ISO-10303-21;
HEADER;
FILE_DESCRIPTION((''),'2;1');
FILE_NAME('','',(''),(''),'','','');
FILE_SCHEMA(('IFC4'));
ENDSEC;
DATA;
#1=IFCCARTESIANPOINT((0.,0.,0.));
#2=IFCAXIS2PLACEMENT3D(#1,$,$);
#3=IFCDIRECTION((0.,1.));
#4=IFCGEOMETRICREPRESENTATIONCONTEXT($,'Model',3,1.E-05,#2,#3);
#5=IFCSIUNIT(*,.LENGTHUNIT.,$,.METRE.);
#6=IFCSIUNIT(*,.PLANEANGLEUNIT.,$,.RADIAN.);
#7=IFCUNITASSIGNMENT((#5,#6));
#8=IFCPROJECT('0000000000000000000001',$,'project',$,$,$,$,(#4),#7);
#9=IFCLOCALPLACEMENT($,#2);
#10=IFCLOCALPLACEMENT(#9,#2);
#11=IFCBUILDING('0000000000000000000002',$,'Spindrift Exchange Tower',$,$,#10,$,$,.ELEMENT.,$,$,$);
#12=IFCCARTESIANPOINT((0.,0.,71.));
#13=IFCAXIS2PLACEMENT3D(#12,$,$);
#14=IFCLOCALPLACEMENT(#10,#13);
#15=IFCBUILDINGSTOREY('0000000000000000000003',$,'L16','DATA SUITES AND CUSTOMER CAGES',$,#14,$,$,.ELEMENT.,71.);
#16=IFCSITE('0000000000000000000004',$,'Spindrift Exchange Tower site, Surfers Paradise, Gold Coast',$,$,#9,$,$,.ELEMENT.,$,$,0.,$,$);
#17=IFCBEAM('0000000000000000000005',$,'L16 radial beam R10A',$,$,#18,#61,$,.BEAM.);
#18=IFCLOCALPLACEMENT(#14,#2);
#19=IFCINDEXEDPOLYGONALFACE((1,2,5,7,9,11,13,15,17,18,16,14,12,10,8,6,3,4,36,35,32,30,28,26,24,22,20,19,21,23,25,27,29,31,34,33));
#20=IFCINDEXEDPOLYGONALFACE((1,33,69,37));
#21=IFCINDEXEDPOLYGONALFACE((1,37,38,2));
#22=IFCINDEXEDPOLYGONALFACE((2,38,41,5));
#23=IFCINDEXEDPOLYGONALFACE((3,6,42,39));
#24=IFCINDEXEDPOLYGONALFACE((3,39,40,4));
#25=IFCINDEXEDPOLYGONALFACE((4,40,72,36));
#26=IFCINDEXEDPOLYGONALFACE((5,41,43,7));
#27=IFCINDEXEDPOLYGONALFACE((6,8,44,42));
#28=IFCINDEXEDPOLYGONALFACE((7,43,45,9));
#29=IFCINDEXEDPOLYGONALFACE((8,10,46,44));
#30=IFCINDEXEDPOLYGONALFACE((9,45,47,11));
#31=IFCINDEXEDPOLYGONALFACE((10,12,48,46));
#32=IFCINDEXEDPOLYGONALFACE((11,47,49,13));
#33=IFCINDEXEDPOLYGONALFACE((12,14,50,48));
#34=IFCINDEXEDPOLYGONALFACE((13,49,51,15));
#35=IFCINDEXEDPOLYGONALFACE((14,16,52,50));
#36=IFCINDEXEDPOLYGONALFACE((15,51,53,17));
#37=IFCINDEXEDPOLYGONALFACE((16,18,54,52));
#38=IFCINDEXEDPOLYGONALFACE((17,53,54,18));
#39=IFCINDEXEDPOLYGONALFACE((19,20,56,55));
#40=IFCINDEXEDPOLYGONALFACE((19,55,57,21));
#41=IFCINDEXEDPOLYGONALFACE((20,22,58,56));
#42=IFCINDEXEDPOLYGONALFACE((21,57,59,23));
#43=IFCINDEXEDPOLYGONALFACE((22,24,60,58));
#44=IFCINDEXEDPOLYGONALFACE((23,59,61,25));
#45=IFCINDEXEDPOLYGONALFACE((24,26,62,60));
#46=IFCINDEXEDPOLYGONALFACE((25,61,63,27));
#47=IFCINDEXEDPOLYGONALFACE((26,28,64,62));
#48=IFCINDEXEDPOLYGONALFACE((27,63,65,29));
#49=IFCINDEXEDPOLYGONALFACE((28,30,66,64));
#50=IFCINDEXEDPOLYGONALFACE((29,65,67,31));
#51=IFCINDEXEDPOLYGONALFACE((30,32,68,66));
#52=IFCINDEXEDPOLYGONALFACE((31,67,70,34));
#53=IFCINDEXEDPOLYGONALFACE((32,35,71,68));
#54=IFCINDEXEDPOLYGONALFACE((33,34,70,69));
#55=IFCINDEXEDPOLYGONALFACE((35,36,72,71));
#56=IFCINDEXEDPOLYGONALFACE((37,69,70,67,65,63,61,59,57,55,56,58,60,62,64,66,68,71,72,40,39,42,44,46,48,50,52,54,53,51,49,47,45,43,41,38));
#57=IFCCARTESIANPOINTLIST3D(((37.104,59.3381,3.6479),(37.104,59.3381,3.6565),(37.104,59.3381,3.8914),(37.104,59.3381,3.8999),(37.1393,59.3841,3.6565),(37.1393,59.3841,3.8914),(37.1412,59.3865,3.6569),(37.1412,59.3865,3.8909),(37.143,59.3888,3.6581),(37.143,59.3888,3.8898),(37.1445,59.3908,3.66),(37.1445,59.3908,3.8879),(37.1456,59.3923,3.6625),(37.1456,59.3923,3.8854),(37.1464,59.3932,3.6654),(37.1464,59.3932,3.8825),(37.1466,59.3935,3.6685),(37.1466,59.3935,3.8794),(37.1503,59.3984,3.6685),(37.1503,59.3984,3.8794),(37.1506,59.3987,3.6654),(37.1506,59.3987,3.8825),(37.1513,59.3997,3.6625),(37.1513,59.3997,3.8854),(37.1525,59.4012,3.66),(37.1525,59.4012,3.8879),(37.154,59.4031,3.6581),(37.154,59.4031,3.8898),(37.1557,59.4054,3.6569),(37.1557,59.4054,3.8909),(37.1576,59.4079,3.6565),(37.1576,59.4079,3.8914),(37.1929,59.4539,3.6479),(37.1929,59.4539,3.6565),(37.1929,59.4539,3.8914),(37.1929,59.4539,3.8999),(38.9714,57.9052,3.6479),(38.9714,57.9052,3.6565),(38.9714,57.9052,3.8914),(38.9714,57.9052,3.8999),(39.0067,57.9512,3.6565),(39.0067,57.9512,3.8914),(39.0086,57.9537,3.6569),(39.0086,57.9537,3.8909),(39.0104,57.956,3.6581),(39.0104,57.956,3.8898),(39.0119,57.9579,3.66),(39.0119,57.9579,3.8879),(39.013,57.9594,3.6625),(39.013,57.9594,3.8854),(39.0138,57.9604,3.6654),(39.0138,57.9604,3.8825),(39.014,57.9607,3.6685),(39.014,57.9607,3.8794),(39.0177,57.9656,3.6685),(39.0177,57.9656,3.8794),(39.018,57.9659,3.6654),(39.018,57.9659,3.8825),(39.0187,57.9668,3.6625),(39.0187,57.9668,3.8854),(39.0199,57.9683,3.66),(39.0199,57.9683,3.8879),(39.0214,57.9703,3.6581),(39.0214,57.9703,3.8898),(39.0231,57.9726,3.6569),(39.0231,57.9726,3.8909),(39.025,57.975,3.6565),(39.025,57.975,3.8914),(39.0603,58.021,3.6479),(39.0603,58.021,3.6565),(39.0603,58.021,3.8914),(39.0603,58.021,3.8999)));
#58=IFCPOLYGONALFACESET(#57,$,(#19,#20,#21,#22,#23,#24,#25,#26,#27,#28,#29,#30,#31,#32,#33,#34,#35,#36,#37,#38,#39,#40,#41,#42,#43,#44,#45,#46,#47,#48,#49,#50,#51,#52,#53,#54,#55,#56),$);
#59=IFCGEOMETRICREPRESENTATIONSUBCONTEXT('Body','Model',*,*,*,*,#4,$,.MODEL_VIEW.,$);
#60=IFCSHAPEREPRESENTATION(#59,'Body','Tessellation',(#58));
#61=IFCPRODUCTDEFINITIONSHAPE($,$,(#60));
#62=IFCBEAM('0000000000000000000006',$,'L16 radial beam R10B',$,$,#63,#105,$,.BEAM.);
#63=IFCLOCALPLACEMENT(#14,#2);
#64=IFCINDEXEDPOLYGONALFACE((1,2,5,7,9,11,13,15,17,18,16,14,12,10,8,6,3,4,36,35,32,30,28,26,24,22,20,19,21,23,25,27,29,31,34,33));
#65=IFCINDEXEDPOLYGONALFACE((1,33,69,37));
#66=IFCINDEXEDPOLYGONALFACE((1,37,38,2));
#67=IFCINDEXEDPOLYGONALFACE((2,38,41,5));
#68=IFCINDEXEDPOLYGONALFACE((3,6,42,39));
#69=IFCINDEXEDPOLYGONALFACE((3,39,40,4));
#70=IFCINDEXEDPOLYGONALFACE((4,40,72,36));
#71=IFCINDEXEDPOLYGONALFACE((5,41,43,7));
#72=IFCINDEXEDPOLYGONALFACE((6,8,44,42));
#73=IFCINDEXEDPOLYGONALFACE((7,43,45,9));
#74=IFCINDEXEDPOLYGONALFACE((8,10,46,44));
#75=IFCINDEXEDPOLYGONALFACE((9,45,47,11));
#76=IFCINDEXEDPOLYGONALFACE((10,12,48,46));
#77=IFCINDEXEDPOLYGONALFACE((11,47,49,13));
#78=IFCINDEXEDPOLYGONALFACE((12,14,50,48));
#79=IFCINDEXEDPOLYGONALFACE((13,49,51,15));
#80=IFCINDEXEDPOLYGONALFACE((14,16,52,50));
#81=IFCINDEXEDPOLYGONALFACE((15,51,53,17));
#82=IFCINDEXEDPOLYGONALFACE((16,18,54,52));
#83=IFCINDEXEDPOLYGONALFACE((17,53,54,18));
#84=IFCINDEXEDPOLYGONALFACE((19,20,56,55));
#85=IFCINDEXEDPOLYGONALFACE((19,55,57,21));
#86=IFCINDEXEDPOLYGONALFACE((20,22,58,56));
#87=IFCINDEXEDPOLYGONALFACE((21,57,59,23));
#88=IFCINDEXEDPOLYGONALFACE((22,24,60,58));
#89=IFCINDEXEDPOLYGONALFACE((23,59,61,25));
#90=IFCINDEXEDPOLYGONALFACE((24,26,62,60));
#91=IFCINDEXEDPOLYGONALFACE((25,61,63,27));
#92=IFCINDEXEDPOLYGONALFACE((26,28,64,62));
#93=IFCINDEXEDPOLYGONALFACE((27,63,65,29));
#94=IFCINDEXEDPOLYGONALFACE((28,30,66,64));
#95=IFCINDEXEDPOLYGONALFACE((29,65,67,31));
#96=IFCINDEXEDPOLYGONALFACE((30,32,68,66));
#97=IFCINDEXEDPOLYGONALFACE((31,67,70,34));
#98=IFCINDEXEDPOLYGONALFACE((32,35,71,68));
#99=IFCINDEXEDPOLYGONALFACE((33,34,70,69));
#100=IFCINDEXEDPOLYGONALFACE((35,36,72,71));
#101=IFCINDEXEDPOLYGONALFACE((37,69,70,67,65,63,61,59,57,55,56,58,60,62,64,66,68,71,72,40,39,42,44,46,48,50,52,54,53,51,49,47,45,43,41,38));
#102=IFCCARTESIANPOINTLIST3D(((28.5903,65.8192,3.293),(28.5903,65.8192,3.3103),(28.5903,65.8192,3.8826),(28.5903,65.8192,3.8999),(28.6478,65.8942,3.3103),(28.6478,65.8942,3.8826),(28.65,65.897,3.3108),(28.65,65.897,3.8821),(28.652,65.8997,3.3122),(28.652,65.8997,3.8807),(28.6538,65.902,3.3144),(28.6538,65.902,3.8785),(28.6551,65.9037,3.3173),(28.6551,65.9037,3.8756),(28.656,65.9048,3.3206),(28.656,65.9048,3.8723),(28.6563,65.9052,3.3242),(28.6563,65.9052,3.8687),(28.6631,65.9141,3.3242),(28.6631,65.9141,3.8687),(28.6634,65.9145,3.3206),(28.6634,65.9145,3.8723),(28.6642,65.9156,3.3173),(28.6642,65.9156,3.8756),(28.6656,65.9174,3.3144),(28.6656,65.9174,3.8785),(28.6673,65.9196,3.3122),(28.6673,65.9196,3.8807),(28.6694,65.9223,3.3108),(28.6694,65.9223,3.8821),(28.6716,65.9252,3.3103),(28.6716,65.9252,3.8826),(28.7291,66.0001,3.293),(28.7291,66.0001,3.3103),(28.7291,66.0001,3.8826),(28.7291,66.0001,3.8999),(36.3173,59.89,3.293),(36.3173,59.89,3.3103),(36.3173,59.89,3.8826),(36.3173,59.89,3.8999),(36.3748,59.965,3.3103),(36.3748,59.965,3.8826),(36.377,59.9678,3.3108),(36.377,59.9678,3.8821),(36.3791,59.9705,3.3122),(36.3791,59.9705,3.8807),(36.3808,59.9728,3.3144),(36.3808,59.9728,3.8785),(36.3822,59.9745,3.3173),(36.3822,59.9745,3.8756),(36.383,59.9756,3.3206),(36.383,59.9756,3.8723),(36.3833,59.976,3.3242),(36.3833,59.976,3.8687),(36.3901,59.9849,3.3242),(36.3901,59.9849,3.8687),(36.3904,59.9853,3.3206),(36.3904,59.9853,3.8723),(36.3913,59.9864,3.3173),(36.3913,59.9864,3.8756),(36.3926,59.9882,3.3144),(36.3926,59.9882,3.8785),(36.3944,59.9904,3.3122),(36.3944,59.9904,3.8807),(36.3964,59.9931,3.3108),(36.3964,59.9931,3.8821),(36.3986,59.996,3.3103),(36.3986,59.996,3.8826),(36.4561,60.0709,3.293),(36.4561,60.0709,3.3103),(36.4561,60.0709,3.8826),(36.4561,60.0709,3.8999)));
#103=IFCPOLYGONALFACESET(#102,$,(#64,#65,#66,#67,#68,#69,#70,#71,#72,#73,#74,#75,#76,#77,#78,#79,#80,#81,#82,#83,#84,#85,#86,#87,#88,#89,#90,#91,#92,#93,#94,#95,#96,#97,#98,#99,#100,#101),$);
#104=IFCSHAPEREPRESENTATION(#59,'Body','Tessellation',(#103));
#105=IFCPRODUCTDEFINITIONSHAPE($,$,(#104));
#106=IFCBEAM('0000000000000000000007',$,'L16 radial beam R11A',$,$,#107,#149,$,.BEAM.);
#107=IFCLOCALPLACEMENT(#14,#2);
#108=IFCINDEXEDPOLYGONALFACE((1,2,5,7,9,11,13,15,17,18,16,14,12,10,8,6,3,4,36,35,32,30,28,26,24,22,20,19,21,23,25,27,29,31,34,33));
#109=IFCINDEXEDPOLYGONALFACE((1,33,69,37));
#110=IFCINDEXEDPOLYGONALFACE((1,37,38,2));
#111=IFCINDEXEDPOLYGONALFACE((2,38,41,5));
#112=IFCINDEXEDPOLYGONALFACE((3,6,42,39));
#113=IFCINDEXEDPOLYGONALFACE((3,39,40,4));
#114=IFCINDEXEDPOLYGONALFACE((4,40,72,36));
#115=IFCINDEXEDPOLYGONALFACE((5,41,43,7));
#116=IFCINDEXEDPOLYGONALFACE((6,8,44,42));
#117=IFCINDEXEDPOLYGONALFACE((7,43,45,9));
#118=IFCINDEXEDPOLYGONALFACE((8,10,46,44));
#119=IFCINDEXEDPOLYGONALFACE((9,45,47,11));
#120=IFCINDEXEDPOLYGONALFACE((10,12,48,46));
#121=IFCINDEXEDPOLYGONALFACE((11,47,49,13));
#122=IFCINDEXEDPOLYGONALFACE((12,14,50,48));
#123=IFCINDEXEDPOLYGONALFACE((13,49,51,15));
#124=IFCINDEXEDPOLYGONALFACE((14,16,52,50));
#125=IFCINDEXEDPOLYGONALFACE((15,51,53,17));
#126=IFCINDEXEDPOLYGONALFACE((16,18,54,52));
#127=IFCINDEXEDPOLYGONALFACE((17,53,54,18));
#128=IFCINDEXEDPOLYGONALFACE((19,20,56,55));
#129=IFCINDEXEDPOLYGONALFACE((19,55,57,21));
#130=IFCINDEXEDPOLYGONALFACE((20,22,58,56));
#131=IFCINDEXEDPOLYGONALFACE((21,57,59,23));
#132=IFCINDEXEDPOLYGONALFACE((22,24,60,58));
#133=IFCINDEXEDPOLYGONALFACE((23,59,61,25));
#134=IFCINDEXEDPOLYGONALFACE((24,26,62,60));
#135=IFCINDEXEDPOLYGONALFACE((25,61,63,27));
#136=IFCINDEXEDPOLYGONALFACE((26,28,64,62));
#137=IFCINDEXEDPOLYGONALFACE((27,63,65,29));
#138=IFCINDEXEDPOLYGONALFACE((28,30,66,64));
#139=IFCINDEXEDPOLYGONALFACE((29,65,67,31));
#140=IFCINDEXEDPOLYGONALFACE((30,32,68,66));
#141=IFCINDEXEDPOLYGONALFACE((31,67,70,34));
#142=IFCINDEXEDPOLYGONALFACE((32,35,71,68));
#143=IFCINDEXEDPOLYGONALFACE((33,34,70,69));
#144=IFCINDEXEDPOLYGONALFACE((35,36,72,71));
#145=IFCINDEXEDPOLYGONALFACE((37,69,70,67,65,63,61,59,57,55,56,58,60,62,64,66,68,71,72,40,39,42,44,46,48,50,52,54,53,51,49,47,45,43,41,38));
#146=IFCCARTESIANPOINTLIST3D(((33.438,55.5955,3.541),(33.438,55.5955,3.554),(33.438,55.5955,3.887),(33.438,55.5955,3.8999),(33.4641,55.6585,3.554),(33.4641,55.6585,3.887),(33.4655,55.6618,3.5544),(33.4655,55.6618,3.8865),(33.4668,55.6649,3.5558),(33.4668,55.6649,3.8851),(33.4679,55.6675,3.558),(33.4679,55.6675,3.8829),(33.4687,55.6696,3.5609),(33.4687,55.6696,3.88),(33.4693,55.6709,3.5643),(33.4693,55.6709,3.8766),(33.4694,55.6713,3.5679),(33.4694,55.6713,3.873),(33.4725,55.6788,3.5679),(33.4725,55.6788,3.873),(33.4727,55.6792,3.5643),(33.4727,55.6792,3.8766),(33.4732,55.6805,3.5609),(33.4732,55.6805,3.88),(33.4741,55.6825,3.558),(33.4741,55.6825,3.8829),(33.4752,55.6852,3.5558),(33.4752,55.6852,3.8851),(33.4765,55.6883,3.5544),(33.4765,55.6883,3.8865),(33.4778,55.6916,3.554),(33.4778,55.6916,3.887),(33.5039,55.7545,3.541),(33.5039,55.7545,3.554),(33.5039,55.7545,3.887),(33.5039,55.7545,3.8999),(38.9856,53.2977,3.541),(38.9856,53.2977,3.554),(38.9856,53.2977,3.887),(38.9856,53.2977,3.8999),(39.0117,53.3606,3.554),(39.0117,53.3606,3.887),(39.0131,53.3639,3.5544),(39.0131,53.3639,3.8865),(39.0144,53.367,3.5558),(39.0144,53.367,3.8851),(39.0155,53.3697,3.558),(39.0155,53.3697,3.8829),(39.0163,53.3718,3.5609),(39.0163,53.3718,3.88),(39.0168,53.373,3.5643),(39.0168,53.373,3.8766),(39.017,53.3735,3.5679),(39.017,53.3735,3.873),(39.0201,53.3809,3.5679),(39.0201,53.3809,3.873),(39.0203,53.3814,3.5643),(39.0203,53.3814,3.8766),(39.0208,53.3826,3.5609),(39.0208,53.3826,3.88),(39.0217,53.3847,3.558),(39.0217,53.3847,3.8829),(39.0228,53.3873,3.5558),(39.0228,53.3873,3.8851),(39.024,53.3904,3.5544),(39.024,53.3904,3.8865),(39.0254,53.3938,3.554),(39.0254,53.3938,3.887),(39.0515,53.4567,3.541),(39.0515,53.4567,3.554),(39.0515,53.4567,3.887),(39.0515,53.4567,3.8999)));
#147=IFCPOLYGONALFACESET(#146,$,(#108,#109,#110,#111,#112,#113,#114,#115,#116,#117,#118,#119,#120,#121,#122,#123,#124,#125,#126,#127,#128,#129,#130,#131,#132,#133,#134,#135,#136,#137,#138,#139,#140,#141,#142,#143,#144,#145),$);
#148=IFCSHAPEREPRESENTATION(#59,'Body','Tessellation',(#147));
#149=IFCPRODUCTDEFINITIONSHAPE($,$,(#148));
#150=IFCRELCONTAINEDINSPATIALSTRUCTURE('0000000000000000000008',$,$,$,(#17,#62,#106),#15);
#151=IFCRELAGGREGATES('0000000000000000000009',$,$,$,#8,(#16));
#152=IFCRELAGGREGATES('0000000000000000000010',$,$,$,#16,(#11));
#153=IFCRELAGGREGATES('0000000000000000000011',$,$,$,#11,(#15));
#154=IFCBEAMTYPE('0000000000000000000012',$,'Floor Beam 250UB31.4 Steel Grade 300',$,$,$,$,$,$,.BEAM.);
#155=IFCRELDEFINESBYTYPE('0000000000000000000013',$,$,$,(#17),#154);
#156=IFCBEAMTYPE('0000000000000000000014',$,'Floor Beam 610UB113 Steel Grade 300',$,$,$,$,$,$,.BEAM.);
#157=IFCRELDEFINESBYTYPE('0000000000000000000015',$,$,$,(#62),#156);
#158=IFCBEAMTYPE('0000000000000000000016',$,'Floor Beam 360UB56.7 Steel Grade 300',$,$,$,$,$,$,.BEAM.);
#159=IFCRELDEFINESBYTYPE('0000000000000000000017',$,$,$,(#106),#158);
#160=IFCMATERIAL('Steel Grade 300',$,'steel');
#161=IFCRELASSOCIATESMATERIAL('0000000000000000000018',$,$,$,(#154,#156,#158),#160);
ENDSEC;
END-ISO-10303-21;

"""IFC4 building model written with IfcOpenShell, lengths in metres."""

from ifc_helpers import new_model, si_unit, direction, frame, origin, origin_2d, place, context, subcontext, project, spatial, i_section, extrude, source, transform, mapped, material, material_profile, profile_set, type_object, element, save


model = new_model("IFC4")

# Units and contexts
model_context = context("Model", 3, precision=1e-05, world=origin(), true_north=direction((0.0, 1.0)))
body_context = subcontext(model_context, "Body", "Model", "MODEL_VIEW")
ifc_project = project(units=[si_unit("LENGTHUNIT", "METRE"), si_unit("PLANEANGLEUNIT", "RADIAN")], contexts=[model_context])

# Site, building, storey
site_placement = place(None, origin())
site = spatial("IfcSite", under=ifc_project, at=site_placement, Name="Spindrift Exchange Tower site, Surfers Paradise, Gold Coast", CompositionType="ELEMENT", RefElevation=0.0)
building_placement = place(site_placement, origin())
building = spatial("IfcBuilding", under=site, at=building_placement, Name="Spindrift Exchange Tower", CompositionType="ELEMENT")
storey_placement = place(building_placement, frame((0.0, 0.0, 71.0)))
storey = spatial("IfcBuildingStorey", under=building, at=storey_placement, Name="L16", Description="DATA SUITES AND CUSTOMER CAGES", CompositionType="ELEMENT", Elevation=71.0)

# Beams
ifc_material_1 = material(Name="Steel Grade 300", Category="steel")
ifc_material_profile_1 = material_profile(ifc_material_1, i_section(OverallWidth=0.146, OverallDepth=0.252, WebThickness=0.0061, FlangeThickness=0.0085, FilletRadius=0.012, at=origin_2d()), Name="250UB31.4")
ifc_profile_set_1 = profile_set([ifc_material_profile_1], Name="Steel Grade 300")
beam_type_1 = type_object("IfcBeamType", Name="Floor Beam 250UB31.4 Steel Grade 300", PredefinedType="BEAM", material=ifc_profile_set_1)
shared_shape_1 = source(origin(), body_context, "Body", "SweptSolid", [
    extrude(i_section(OverallWidth=0.146, OverallDepth=0.252, WebThickness=0.0061, FlangeThickness=0.0085, FilletRadius=0.012, at=origin_2d()), origin(), (0.0, 0.0, 1.0), 2.3538),
])
beam_1_placement = place(storey_placement, frame((39.0159, 57.9631, 3.7739), z_axis=(-0.793368, 0.608743, 0.0), x_axis=(-0.608743, -0.793368, 0.0)))
element("IfcBeam", 1, at=beam_1_placement, inside=storey, type_object=beam_type_1, Name="L16 radial beam R10A", PredefinedType="BEAM", context=body_context, shape_type="MappedRepresentation", body=[
    mapped(shared_shape_1, transform((0.0, 0.0, 0.0), scale=1.0)),
])
ifc_material_profile_2 = material_profile(ifc_material_1, i_section(OverallWidth=0.228, OverallDepth=0.6069, WebThickness=0.0112, FlangeThickness=0.0173, FilletRadius=0.0139, at=origin_2d()), Name="610UB113")
ifc_profile_set_2 = profile_set([ifc_material_profile_2], Name="Steel Grade 300")
beam_type_2 = type_object("IfcBeamType", Name="Floor Beam 610UB113 Steel Grade 300", PredefinedType="BEAM", material=ifc_profile_set_2)
shared_shape_2 = source(origin(), body_context, "Body", "SweptSolid", [
    extrude(i_section(OverallWidth=0.228, OverallDepth=0.6069, WebThickness=0.0112, FlangeThickness=0.0173, FilletRadius=0.0139, at=origin_2d()), origin(), (0.0, 0.0, 1.0), 9.7397),
])
beam_2_placement = place(storey_placement, frame((36.3867, 59.9805, 3.5964), z_axis=(-0.793352, 0.608763, 0.0), x_axis=(-0.608763, -0.793352, 0.0)))
element("IfcBeam", 2, at=beam_2_placement, inside=storey, type_object=beam_type_2, Name="L16 radial beam R10B", PredefinedType="BEAM", context=body_context, shape_type="MappedRepresentation", body=[
    mapped(shared_shape_2, transform((0.0, 0.0, 0.0), scale=1.0)),
])
ifc_material_profile_3 = material_profile(ifc_material_1, i_section(OverallWidth=0.1721, OverallDepth=0.3589, WebThickness=0.0081, FlangeThickness=0.0129, FilletRadius=0.0139, at=origin_2d()), Name="360UB56.7")
ifc_profile_set_3 = profile_set([ifc_material_profile_3], Name="Steel Grade 300")
beam_type_3 = type_object("IfcBeamType", Name="Floor Beam 360UB56.7 Steel Grade 300", PredefinedType="BEAM", material=ifc_profile_set_3)
shared_shape_3 = source(origin(), body_context, "Body", "SweptSolid", [
    extrude(i_section(OverallWidth=0.1721, OverallDepth=0.3589, WebThickness=0.0081, FlangeThickness=0.0129, FilletRadius=0.0139, at=origin_2d()), origin(), (0.0, 0.0, 1.0), 6.0046),
])
beam_3_placement = place(storey_placement, frame((39.0186, 53.3772, 3.7205), z_axis=(-0.923882, 0.382677, 0.0), x_axis=(-0.382677, -0.923882, 0.0)))
element("IfcBeam", 3, at=beam_3_placement, inside=storey, type_object=beam_type_3, Name="L16 radial beam R11A", PredefinedType="BEAM", context=body_context, shape_type="MappedRepresentation", body=[
    mapped(shared_shape_3, transform((0.0, 0.0, 0.0), scale=1.0)),
])

save(model, "model.ifc")
